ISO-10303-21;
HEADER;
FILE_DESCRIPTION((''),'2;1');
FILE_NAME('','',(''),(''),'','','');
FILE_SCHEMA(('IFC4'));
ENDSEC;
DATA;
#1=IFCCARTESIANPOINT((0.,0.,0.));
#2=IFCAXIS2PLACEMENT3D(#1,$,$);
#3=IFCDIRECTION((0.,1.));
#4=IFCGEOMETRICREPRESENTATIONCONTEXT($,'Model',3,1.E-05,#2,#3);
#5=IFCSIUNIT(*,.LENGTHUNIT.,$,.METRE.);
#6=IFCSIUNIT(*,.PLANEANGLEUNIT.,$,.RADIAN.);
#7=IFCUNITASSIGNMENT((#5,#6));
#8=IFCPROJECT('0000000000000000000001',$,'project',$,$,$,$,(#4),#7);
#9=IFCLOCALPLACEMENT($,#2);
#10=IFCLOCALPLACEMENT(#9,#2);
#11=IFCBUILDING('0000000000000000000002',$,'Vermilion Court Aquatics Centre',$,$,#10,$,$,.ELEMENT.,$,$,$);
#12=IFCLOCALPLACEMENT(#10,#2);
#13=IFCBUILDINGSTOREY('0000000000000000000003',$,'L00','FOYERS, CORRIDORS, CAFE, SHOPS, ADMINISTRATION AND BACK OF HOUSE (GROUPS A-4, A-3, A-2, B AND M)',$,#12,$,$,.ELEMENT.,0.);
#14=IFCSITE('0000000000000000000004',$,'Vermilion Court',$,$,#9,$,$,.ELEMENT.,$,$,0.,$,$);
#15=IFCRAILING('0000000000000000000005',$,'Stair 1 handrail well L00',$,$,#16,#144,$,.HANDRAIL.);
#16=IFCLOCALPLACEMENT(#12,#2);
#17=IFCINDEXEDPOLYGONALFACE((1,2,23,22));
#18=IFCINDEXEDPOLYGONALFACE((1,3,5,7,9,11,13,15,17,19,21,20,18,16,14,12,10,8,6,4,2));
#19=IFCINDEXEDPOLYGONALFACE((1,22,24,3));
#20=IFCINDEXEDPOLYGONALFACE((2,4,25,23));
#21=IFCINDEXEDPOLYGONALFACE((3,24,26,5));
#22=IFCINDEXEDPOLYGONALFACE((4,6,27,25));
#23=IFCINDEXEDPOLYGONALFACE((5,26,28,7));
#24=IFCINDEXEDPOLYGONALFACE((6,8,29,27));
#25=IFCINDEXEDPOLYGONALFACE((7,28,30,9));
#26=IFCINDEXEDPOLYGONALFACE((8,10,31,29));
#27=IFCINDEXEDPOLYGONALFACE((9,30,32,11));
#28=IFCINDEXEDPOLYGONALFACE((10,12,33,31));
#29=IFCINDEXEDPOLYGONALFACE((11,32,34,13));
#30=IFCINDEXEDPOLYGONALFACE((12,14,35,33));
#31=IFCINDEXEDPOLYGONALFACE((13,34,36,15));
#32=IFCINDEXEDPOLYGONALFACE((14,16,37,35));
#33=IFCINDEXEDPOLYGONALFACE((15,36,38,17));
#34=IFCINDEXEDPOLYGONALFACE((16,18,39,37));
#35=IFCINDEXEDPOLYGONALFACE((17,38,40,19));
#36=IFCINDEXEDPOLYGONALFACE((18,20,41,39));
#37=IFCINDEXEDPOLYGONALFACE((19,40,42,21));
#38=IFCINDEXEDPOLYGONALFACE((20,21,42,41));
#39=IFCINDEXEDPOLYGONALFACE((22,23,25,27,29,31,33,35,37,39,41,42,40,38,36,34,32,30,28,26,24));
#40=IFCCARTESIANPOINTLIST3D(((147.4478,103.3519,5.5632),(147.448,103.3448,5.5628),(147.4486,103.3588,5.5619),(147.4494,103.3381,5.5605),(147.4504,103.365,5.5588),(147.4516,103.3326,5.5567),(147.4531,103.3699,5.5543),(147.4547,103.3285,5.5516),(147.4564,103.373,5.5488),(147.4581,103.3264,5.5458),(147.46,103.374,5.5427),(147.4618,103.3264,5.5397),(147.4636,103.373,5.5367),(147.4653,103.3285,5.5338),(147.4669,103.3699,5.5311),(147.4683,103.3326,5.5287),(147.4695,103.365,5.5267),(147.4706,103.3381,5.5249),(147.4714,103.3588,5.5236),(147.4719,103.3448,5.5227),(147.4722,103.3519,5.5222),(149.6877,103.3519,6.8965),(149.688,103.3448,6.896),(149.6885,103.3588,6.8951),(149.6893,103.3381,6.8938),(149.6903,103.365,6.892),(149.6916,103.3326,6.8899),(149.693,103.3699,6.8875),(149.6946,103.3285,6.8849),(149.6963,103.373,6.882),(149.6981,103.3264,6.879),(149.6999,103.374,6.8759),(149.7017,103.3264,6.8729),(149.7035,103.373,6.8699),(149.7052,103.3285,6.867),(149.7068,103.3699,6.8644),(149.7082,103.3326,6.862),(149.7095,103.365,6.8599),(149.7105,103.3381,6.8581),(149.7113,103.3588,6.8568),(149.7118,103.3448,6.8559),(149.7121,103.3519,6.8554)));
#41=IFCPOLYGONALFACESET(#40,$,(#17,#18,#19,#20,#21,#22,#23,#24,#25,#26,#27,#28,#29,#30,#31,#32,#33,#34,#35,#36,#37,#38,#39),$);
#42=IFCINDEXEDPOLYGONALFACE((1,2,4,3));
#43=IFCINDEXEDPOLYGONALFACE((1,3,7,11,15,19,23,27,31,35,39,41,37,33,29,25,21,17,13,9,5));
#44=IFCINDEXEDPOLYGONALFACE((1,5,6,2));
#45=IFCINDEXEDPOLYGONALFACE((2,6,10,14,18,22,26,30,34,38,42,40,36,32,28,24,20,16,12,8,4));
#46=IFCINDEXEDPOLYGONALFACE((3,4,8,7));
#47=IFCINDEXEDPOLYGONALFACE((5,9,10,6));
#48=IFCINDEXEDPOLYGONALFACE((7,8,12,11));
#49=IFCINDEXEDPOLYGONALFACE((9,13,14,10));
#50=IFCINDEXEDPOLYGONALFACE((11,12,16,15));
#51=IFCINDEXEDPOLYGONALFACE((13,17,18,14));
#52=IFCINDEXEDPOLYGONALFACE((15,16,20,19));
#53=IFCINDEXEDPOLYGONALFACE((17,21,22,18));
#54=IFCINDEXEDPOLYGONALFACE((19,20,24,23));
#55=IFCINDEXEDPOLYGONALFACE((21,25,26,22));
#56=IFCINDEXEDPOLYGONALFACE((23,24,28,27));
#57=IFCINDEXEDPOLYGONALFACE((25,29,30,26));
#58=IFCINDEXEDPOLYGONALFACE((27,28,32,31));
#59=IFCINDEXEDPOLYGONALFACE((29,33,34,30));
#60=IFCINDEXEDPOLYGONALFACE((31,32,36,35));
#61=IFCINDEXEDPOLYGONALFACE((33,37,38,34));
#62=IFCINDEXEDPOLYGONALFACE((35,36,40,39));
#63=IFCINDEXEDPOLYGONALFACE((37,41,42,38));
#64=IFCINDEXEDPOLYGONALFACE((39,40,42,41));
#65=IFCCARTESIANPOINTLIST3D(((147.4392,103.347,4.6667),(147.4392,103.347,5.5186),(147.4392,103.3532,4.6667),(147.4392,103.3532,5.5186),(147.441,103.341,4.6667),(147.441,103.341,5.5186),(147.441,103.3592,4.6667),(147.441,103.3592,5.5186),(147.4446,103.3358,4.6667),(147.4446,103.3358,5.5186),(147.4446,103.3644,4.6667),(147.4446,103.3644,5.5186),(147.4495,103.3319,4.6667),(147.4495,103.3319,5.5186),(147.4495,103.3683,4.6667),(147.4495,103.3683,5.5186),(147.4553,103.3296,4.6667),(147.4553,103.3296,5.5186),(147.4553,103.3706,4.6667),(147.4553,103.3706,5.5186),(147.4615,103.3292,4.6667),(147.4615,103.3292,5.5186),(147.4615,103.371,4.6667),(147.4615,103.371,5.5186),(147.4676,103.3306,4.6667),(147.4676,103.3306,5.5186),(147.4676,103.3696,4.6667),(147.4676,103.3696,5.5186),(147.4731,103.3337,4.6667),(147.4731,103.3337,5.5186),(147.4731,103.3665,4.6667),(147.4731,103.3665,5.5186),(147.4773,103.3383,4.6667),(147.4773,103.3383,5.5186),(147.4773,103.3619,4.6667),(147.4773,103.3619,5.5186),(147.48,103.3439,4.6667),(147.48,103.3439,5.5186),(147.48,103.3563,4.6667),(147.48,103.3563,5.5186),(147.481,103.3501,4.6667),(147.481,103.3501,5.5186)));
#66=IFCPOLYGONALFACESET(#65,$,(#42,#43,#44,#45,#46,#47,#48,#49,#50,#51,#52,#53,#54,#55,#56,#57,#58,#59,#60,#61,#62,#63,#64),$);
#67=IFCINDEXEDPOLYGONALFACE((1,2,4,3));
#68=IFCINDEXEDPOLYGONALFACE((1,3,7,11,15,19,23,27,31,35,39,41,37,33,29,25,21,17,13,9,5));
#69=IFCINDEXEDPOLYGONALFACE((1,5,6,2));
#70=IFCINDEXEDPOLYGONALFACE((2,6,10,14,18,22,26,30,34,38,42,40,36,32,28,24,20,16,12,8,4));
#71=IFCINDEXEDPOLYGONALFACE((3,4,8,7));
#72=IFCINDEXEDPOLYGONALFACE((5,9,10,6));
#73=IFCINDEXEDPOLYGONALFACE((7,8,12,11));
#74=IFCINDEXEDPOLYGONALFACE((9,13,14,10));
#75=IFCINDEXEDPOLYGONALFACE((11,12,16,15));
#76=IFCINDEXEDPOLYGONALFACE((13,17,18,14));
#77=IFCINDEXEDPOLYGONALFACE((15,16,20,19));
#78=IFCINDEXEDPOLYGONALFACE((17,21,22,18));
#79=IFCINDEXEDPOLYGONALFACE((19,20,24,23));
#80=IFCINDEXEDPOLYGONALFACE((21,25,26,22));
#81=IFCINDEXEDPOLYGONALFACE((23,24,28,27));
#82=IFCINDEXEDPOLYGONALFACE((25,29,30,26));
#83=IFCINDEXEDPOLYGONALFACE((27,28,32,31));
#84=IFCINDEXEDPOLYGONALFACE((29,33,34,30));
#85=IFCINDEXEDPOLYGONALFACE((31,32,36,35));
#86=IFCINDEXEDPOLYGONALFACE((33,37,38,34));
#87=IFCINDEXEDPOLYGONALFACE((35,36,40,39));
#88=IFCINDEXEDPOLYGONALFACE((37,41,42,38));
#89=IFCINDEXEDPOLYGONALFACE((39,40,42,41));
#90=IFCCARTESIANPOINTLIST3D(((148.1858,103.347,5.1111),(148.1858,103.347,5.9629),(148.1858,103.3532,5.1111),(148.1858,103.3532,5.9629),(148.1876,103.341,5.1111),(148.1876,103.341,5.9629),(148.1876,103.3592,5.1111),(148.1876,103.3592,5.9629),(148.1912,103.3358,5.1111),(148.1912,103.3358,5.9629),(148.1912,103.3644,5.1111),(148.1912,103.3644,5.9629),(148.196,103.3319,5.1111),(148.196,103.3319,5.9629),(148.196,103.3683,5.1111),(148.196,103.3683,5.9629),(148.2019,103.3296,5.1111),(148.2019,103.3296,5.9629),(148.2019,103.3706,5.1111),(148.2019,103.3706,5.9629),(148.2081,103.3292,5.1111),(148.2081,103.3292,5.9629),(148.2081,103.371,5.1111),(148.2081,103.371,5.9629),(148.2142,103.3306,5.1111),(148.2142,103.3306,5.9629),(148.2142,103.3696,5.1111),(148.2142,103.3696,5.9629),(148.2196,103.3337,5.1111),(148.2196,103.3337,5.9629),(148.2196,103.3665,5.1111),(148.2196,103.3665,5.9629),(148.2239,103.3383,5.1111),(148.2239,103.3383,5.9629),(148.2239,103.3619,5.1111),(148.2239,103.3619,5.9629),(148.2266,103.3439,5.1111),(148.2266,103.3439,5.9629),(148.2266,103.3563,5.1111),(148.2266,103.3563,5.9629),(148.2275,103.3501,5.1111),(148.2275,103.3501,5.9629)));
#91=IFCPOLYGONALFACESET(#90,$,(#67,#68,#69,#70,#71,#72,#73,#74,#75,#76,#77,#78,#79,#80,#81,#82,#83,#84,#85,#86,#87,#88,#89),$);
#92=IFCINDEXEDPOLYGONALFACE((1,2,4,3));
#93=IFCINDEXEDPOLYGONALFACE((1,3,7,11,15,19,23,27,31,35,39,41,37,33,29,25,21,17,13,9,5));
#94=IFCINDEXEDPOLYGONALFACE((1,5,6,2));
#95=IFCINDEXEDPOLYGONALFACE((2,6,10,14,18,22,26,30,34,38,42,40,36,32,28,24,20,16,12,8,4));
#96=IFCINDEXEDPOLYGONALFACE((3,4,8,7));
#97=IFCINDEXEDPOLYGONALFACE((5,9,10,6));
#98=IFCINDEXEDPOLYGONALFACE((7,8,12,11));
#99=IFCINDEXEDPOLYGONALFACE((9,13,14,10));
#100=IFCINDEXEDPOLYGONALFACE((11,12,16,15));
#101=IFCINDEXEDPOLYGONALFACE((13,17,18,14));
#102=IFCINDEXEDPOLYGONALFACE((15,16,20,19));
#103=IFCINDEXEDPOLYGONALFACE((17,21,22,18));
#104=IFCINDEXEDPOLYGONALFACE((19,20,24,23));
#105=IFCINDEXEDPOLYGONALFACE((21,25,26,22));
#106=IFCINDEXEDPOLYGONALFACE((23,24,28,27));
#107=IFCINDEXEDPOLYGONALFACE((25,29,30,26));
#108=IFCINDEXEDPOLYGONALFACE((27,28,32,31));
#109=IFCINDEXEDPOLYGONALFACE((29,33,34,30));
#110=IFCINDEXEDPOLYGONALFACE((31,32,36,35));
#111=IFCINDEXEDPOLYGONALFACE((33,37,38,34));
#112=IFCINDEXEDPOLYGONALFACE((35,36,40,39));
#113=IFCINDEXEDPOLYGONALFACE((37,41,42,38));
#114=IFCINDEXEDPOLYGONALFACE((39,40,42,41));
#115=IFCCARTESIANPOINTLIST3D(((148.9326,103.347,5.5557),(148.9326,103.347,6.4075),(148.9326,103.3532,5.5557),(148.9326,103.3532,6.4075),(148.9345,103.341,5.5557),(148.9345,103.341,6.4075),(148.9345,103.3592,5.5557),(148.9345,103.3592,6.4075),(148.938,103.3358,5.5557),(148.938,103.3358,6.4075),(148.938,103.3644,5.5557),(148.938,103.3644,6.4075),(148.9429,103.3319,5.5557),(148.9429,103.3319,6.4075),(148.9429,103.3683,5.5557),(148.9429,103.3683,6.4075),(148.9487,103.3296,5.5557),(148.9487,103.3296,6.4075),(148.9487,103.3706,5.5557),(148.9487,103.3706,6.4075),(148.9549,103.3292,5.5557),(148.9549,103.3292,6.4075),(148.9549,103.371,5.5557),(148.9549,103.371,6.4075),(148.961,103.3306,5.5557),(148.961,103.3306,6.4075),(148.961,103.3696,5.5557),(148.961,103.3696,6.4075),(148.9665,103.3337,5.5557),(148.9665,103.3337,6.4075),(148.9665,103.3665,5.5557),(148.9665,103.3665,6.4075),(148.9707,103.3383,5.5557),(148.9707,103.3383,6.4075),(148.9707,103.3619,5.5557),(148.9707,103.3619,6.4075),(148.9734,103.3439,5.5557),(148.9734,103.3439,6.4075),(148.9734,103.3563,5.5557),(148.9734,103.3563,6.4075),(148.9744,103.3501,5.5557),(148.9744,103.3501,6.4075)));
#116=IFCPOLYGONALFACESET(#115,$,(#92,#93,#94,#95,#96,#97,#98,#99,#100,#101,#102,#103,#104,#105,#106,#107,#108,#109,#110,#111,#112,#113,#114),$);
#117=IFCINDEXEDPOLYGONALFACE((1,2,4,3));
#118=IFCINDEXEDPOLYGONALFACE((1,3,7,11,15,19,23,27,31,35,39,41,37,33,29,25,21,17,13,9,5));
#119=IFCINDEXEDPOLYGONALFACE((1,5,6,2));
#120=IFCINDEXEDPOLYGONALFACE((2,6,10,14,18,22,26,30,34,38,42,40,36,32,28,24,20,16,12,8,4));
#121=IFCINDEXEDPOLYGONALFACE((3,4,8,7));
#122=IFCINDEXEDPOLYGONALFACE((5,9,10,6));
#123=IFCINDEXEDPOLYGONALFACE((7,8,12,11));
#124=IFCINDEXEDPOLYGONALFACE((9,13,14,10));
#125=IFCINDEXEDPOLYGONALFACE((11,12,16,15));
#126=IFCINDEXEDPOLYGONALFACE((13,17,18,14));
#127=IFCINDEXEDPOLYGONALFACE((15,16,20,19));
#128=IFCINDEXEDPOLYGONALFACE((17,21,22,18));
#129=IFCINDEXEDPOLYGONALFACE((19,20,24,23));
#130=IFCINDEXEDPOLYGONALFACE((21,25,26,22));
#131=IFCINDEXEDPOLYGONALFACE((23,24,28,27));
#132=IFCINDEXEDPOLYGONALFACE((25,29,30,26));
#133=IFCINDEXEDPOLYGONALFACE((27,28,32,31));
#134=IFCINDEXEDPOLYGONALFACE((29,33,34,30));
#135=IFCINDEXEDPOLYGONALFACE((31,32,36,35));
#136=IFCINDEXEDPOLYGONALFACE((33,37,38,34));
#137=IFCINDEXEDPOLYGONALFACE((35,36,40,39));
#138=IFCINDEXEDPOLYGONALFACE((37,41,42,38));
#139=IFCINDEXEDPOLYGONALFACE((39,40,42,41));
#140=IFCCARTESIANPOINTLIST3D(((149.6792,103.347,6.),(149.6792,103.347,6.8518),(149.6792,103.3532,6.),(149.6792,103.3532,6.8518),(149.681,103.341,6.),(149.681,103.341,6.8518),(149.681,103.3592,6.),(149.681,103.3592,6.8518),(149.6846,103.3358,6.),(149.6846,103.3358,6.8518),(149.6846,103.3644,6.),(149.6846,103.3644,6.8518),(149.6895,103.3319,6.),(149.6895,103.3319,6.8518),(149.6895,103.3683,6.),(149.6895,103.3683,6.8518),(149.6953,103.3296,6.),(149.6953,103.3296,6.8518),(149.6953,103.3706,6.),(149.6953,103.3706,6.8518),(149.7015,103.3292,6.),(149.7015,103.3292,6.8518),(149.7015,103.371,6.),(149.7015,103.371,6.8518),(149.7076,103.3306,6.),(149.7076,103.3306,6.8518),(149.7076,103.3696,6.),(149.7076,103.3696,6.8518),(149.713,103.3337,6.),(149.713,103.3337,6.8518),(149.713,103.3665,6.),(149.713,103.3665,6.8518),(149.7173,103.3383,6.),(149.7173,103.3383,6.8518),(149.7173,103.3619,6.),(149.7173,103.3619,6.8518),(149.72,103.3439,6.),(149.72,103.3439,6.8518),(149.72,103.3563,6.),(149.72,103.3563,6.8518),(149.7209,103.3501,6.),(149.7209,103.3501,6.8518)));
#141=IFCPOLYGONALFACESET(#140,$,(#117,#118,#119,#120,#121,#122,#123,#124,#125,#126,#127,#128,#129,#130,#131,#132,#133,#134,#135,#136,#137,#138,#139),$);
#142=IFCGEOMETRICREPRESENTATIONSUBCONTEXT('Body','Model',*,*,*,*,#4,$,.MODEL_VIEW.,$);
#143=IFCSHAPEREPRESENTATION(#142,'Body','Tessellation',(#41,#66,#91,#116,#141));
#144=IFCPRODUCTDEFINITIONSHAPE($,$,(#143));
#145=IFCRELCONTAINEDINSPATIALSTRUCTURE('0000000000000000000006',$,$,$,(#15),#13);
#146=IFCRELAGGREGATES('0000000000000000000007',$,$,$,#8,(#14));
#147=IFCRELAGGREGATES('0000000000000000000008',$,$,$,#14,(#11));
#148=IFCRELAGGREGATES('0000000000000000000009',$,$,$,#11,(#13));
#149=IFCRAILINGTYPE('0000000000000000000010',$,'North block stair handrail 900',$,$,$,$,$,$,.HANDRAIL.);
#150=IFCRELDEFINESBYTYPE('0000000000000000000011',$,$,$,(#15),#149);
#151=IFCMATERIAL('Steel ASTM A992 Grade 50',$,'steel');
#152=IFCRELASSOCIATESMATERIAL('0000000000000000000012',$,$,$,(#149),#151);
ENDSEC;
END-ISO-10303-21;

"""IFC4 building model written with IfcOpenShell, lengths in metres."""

from ifc_helpers import new_model, si_unit, direction, frame, origin, origin_2d, place, context, subcontext, project, spatial, circle, extrude, material, type_object, element, save


model = new_model("IFC4")

# Units and contexts
model_context = context("Model", 3, precision=1e-05, world=origin(), true_north=direction((0.0, 1.0)))
body_context = subcontext(model_context, "Body", "Model", "MODEL_VIEW")
ifc_project = project(units=[si_unit("LENGTHUNIT", "METRE"), si_unit("PLANEANGLEUNIT", "RADIAN")], contexts=[model_context])

# Site, building, storey
site_placement = place(None, origin())
site = spatial("IfcSite", under=ifc_project, at=site_placement, Name="Vermilion Court", CompositionType="ELEMENT", RefElevation=0.0)
building_placement = place(site_placement, origin())
building = spatial("IfcBuilding", under=site, at=building_placement, Name="Vermilion Court Aquatics Centre", CompositionType="ELEMENT")
storey_placement = place(building_placement, origin())
storey = spatial("IfcBuildingStorey", under=building, at=storey_placement, Name="L00", Description="FOYERS, CORRIDORS, CAFE, SHOPS, ADMINISTRATION AND BACK OF HOUSE (GROUPS A-4, A-3, A-2, B AND M)", CompositionType="ELEMENT", Elevation=0.0)

# Railing
ifc_material_1 = material(Name="Steel ASTM A992 Grade 50", Category="steel")
railing_type_1 = type_object("IfcRailingType", Name="North block stair handrail 900", PredefinedType="HANDRAIL", material=ifc_material_1)
for number, where, name in (
    (1, (147.46, 103.3501, 4.6667), "Stair 1 handrail well L00"),
):
    element("IfcRailing", number, at=place(storey_placement, frame(where)), inside=storey, type_object=railing_type_1, Name=name, PredefinedType="HANDRAIL", context=body_context, shape_type="SweptSolid", body=[
        extrude(circle(Radius=0.0239, at=origin_2d()), frame((0.0, 0.0, 0.876), z_axis=(0.859306, 0.0, 0.511462), x_axis=(0.0, 1.0, 0.0)), (0.0, 0.0, 1.0), 2.6067),
        extrude(circle(Radius=0.021, at=origin_2d()), origin(), (0.0, 0.0, 1.0), 0.8518),
        extrude(circle(Radius=0.021, at=origin_2d()), frame((0.7466, 0.0, 0.4443)), (0.0, 0.0, 1.0), 0.8518),
        extrude(circle(Radius=0.021, at=origin_2d()), frame((1.4934, 0.0, 0.8889)), (0.0, 0.0, 1.0), 0.8518),
        extrude(circle(Radius=0.021, at=origin_2d()), frame((2.24, 0.0, 1.3333)), (0.0, 0.0, 1.0), 0.8518),
    ])

save(model, "model.ifc")
